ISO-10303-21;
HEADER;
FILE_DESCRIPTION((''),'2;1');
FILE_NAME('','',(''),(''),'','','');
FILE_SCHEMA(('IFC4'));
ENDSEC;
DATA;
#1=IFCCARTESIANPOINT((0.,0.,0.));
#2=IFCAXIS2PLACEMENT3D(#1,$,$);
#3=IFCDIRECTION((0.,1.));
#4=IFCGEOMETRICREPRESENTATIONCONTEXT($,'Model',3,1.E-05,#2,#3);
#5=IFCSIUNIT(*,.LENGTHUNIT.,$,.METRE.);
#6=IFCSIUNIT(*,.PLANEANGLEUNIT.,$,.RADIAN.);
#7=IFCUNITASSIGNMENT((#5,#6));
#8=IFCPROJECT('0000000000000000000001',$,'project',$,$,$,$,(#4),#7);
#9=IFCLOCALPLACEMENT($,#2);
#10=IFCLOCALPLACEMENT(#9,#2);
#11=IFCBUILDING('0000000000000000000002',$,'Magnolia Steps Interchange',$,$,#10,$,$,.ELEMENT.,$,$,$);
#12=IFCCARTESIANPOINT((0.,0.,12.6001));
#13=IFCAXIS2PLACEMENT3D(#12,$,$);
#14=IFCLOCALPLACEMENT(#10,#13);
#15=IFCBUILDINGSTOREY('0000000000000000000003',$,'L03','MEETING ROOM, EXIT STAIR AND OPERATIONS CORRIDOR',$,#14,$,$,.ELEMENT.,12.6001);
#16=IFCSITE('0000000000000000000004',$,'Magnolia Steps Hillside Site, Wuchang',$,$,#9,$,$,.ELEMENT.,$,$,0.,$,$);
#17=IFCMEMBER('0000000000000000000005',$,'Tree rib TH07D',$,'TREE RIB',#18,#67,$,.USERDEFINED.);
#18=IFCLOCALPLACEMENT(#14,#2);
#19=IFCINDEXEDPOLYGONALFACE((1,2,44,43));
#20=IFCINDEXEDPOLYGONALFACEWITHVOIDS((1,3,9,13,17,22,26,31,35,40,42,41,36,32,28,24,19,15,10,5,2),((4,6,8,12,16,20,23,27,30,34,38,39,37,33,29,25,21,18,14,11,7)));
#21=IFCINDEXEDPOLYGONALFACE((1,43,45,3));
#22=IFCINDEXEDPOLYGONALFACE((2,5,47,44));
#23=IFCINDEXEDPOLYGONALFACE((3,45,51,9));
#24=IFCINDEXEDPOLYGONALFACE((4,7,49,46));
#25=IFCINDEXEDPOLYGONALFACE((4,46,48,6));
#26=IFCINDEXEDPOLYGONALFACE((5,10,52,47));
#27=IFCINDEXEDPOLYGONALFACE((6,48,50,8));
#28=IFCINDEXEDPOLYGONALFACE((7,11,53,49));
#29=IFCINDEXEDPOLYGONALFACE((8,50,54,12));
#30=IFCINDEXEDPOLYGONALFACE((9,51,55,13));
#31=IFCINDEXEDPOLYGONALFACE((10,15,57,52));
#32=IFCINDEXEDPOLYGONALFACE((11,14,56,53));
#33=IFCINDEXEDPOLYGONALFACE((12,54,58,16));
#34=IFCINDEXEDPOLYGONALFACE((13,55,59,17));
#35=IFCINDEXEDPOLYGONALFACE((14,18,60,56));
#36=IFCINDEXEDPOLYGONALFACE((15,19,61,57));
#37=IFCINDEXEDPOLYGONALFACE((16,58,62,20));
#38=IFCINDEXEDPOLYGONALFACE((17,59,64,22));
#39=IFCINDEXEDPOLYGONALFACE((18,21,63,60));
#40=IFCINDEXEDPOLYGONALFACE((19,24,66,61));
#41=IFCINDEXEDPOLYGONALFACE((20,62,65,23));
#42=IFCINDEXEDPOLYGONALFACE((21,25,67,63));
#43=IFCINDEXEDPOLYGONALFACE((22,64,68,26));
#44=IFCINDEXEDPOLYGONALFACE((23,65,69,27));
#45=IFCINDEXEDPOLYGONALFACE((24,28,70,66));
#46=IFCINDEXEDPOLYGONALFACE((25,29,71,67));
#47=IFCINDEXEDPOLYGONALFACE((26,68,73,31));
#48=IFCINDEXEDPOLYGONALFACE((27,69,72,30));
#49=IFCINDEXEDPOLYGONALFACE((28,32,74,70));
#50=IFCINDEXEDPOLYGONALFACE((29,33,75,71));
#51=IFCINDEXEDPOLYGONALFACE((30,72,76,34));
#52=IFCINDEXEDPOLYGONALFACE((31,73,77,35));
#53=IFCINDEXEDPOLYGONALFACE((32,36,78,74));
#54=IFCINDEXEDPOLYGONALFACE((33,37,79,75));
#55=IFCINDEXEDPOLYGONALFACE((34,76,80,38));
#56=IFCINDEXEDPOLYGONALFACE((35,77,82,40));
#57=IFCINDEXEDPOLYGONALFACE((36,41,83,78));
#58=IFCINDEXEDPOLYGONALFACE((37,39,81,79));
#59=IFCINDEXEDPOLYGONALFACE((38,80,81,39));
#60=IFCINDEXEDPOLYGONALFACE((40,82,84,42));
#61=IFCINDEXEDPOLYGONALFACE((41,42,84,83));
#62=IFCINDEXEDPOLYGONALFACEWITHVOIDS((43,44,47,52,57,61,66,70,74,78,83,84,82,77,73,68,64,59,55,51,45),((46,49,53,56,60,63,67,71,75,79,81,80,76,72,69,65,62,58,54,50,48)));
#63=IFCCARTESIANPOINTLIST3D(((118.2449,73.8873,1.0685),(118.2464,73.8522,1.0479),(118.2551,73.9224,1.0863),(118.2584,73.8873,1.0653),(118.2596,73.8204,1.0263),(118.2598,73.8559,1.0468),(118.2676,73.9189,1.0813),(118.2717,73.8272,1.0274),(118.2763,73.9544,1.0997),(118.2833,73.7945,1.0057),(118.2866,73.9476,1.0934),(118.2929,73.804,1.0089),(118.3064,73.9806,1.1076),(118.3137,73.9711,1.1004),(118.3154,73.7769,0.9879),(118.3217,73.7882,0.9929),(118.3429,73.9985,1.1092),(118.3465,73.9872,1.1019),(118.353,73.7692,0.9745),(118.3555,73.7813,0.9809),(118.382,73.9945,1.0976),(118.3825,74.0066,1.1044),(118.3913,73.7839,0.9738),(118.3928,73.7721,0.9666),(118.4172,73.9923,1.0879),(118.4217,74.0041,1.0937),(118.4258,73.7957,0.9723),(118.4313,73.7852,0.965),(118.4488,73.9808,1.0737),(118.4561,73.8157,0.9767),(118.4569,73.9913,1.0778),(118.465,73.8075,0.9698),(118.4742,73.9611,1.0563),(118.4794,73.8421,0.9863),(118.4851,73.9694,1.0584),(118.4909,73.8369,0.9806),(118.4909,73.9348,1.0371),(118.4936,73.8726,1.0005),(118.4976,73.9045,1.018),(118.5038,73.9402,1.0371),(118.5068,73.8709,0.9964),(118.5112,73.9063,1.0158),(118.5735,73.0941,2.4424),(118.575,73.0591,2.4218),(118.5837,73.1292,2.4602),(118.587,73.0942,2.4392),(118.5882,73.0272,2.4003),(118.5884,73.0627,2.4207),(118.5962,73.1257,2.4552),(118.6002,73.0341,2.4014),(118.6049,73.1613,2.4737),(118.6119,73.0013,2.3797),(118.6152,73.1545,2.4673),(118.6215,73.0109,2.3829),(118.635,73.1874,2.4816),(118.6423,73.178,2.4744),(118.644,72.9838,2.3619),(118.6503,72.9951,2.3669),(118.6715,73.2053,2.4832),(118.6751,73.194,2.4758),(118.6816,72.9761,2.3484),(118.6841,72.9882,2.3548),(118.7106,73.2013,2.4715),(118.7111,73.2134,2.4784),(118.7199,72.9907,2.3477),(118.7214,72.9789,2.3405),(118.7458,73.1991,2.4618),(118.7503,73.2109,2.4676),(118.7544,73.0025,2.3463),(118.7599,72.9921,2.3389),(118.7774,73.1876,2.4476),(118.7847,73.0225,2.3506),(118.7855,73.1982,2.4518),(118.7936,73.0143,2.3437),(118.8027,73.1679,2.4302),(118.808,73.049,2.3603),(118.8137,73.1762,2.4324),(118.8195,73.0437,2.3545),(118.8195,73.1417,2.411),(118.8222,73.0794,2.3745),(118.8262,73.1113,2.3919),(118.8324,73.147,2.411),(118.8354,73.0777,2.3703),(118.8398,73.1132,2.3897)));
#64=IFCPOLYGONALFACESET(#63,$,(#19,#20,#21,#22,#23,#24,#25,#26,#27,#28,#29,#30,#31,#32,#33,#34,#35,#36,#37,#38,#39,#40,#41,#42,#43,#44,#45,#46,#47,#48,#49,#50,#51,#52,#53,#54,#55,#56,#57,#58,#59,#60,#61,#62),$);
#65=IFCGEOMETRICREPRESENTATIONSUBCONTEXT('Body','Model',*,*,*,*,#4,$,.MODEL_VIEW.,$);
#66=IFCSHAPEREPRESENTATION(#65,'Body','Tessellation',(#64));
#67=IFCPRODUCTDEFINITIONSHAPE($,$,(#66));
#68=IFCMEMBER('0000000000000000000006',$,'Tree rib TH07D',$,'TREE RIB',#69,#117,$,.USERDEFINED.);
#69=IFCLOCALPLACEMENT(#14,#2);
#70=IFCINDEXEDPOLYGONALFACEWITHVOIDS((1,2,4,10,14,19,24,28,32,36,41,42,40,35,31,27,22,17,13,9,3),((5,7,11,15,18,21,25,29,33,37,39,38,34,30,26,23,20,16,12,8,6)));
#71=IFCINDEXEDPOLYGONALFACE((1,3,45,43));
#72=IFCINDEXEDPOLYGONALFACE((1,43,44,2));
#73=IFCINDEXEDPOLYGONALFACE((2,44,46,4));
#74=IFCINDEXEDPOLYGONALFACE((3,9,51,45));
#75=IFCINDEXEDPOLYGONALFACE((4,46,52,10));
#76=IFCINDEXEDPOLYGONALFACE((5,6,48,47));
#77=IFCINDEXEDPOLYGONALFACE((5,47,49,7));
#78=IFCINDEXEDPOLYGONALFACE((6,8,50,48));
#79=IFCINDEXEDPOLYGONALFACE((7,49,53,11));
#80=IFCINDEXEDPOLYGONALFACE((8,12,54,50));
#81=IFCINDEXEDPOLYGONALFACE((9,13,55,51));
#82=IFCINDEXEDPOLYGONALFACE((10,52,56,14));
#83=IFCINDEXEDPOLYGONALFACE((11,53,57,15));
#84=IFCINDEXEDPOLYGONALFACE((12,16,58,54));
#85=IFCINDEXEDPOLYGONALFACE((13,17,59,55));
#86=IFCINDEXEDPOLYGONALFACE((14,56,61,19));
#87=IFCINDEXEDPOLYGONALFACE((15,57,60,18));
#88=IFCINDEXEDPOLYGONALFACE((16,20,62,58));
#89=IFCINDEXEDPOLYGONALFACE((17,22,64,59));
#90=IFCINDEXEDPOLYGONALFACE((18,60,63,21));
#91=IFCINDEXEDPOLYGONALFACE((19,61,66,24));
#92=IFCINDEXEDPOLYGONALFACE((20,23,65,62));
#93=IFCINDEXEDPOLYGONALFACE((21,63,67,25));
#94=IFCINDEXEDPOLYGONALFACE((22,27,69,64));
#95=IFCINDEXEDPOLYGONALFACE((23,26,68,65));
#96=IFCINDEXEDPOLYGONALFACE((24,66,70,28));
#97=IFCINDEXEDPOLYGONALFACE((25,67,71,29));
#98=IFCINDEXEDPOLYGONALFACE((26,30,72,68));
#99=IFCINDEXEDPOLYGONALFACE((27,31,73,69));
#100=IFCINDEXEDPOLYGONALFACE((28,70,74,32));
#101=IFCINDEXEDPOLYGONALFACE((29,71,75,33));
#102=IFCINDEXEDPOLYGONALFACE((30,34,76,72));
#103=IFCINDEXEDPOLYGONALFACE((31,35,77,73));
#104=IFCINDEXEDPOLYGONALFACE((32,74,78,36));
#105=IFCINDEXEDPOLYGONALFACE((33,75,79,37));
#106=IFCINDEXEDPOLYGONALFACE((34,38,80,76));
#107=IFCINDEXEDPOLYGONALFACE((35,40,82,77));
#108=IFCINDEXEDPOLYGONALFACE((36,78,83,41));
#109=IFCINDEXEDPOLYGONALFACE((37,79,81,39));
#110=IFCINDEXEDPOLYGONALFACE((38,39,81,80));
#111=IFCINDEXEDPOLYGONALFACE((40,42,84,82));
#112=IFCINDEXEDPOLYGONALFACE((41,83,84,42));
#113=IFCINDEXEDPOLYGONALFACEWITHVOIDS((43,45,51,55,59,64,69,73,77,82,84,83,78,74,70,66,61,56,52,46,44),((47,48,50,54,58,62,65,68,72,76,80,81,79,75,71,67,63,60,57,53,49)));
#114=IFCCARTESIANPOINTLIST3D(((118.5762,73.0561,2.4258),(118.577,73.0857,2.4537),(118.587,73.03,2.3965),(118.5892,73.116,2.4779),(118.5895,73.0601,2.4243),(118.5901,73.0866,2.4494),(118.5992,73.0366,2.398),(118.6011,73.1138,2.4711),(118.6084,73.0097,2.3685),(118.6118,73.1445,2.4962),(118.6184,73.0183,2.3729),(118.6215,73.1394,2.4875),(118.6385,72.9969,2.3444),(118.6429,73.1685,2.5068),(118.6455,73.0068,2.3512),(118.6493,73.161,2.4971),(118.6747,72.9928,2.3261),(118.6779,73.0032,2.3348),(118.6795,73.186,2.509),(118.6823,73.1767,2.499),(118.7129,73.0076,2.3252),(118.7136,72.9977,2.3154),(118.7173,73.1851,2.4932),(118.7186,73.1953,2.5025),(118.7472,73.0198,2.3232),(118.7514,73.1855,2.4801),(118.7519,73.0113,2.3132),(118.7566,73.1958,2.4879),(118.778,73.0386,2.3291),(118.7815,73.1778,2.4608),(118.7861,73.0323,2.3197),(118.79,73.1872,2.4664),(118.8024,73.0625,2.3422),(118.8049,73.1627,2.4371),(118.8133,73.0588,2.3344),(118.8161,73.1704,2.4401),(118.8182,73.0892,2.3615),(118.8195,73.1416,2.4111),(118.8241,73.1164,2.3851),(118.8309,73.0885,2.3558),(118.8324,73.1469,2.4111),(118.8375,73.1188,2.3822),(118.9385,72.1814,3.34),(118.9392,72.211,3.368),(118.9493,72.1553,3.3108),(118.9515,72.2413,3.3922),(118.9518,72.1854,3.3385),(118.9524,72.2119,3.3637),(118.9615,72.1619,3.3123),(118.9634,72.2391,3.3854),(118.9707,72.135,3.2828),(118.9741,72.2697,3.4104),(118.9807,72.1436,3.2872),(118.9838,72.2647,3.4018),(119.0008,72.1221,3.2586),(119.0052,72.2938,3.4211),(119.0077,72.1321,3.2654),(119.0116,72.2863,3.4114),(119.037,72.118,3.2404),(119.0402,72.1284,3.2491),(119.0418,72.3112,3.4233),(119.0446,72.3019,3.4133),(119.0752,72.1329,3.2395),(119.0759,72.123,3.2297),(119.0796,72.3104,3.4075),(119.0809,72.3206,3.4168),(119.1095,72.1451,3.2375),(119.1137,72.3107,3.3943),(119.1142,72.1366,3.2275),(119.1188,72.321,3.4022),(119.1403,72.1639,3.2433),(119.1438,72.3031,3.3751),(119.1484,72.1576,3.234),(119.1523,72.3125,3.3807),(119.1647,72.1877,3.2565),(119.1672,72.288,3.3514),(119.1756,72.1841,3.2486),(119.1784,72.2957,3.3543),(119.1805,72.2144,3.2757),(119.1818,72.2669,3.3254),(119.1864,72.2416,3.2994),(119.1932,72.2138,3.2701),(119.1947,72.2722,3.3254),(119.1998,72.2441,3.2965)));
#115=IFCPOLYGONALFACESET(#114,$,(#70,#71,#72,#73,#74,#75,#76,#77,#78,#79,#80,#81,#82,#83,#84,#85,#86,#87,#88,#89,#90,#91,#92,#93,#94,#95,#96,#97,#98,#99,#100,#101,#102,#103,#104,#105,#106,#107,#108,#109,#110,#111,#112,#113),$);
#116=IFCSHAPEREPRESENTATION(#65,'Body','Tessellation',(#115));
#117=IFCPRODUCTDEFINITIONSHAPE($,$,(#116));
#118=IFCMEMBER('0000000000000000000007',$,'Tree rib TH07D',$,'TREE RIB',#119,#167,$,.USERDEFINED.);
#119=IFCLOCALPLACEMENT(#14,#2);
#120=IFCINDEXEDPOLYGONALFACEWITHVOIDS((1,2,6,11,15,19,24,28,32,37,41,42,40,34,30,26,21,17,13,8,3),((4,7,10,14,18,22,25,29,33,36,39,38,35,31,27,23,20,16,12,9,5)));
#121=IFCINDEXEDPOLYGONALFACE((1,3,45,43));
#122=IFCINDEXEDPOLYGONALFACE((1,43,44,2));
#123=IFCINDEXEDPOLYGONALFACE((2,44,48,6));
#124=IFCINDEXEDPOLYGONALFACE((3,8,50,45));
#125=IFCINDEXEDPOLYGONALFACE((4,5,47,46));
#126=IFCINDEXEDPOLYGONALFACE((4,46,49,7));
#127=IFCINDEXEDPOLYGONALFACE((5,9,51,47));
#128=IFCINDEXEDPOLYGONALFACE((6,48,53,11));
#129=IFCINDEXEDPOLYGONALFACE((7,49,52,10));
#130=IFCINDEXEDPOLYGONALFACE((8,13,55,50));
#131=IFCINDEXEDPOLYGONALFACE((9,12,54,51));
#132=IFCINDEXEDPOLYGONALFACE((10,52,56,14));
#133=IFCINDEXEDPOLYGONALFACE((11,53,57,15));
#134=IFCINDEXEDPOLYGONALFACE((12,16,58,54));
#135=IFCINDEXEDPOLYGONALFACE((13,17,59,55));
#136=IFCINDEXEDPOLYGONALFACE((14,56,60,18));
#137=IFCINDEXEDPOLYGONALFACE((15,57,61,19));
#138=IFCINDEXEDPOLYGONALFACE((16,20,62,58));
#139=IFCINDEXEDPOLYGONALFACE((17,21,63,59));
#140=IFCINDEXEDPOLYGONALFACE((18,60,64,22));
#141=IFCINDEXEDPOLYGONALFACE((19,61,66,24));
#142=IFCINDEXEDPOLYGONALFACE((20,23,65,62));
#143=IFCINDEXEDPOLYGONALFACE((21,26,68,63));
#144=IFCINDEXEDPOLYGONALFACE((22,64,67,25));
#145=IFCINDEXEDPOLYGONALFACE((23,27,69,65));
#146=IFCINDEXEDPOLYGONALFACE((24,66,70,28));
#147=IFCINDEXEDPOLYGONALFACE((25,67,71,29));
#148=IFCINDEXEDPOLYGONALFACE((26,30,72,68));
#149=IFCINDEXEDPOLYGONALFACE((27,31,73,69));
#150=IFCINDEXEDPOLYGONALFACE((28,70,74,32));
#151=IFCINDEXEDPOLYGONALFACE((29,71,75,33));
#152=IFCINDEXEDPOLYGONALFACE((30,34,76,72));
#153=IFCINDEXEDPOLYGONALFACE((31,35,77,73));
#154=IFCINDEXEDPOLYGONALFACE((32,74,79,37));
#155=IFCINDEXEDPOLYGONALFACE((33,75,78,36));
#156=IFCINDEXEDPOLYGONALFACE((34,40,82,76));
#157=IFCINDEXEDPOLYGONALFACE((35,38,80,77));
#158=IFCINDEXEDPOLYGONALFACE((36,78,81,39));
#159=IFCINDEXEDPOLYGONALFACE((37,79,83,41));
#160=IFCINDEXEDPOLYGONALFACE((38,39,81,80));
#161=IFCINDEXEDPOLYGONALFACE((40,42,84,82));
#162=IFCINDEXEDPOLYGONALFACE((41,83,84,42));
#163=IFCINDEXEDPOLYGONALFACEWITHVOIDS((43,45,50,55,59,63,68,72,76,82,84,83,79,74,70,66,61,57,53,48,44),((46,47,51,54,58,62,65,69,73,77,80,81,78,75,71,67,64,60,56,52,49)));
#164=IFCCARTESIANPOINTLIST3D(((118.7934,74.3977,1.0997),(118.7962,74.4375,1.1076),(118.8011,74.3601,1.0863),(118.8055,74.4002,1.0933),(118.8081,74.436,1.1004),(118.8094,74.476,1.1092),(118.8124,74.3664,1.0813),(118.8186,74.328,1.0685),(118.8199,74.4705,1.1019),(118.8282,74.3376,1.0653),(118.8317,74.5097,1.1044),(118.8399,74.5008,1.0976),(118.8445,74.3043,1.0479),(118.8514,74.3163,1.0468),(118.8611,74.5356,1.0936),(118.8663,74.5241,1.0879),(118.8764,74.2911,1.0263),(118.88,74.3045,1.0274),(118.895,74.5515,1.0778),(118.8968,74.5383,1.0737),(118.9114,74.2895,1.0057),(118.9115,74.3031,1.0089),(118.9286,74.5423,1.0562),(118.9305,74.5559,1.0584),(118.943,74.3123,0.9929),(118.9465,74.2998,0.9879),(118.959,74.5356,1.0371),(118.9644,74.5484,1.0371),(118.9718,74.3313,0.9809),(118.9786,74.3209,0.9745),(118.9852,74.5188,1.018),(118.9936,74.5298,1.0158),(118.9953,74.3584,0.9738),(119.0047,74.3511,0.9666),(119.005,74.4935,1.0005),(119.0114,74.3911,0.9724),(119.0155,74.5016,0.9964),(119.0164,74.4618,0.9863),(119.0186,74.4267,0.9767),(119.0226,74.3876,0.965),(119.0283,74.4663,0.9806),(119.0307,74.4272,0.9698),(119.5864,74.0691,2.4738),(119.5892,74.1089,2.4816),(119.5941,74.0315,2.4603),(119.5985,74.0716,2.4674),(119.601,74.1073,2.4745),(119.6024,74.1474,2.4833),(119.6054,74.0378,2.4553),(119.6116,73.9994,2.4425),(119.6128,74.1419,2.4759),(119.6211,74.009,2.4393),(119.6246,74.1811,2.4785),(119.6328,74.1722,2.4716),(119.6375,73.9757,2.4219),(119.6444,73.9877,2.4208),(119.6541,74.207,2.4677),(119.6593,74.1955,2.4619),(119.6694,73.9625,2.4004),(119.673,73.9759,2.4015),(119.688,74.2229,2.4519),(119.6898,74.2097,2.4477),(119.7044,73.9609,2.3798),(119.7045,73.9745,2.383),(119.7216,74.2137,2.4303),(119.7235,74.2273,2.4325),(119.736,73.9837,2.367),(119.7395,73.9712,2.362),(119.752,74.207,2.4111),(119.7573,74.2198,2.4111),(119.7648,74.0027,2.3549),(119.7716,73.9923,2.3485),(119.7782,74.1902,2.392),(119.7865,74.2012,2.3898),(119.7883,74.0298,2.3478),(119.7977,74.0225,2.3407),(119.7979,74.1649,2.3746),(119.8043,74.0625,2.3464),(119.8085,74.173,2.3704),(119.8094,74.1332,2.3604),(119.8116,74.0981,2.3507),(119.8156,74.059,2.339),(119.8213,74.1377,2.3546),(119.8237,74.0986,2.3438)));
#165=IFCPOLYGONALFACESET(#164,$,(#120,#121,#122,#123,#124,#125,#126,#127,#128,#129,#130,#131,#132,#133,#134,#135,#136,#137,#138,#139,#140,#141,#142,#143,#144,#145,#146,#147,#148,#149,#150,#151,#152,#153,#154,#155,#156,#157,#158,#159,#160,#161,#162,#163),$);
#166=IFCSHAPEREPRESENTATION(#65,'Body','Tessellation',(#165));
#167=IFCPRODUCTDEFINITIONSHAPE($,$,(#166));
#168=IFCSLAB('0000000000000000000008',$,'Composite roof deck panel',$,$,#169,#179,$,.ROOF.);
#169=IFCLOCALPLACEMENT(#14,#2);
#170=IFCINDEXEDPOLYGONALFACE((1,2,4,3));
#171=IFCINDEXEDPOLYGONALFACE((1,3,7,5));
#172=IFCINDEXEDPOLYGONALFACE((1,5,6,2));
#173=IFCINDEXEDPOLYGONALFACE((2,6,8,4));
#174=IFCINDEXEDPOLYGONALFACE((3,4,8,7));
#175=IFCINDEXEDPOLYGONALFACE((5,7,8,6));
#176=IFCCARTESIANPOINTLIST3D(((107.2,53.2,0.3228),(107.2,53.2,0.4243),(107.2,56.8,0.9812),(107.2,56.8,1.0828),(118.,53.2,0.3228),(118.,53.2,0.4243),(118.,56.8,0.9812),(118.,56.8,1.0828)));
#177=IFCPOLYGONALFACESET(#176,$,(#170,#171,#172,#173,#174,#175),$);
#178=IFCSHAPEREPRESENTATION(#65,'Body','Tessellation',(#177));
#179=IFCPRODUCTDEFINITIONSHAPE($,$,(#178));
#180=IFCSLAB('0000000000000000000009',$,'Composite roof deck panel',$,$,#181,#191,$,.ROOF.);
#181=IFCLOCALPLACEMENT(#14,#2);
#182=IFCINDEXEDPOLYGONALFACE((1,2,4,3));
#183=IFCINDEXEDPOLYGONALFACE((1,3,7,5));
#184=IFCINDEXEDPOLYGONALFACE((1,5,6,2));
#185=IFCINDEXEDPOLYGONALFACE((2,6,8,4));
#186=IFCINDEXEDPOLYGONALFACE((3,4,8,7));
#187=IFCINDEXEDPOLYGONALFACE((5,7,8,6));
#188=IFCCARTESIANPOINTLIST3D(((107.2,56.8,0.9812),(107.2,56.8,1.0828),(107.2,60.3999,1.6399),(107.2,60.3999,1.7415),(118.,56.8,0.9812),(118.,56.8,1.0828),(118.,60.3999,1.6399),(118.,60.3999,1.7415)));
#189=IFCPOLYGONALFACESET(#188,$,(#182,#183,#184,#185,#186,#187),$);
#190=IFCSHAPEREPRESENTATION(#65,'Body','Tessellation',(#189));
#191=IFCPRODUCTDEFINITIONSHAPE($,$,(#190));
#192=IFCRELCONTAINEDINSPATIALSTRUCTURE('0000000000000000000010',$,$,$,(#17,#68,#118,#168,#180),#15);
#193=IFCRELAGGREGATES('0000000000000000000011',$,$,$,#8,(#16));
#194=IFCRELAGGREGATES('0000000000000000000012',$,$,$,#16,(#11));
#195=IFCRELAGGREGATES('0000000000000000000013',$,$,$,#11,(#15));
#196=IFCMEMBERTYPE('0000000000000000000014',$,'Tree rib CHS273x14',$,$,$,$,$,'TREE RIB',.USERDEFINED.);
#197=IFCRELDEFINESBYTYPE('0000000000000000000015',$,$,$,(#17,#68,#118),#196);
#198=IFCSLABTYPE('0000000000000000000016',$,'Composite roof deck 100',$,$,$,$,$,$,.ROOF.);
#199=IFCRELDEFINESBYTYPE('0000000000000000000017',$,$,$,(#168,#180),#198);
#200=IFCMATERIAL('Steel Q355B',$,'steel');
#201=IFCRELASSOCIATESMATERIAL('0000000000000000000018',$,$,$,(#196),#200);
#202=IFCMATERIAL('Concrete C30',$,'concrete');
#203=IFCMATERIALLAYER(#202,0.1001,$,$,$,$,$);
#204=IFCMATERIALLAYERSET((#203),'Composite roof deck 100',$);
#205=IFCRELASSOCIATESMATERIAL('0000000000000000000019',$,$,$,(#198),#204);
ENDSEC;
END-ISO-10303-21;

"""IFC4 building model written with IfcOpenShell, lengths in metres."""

from ifc_helpers import new_model, si_unit, direction, frame, origin, origin_2d, place, context, subcontext, project, spatial, polyline, hollow_circle, outline, extrude, material, layer, layer_set, material_profile, profile_set, type_object, element, save


model = new_model("IFC4")

# Units and contexts
model_context = context("Model", 3, precision=1e-05, world=origin(), true_north=direction((0.0, 1.0)))
body_context = subcontext(model_context, "Body", "Model", "MODEL_VIEW")
ifc_project = project(units=[si_unit("LENGTHUNIT", "METRE"), si_unit("PLANEANGLEUNIT", "RADIAN")], contexts=[model_context])

# Site, building, storey
site_placement = place(None, origin())
site = spatial("IfcSite", under=ifc_project, at=site_placement, Name="Magnolia Steps Hillside Site, Wuchang", CompositionType="ELEMENT", RefElevation=0.0)
building_placement = place(site_placement, origin())
building = spatial("IfcBuilding", under=site, at=building_placement, Name="Magnolia Steps Interchange", CompositionType="ELEMENT")
storey_placement = place(building_placement, frame((0.0, 0.0, 12.6001)))
storey = spatial("IfcBuildingStorey", under=building, at=storey_placement, Name="L03", Description="MEETING ROOM, EXIT STAIR AND OPERATIONS CORRIDOR", CompositionType="ELEMENT", Elevation=12.6001)

# Members
ifc_material_1 = material(Name="Steel Q355B", Category="steel")
ifc_material_profile_1 = material_profile(ifc_material_1, hollow_circle(Radius=0.1365, WallThickness=0.0139, at=origin_2d()), Name="CHS273x14")
ifc_profile_set_1 = profile_set([ifc_material_profile_1], Name="Steel Q355B")
member_type_1 = type_object("IfcMemberType", Name="Tree rib CHS273x14", ElementType="TREE RIB", PredefinedType="USERDEFINED", material=ifc_profile_set_1)
member_1_placement = place(storey_placement, frame((118.3777, 73.8879, 1.0371), z_axis=(0.20282, -0.489571, 0.848047), x_axis=(0.923857, 0.382737, 0.0)))
element("IfcMember", 1, at=member_1_placement, inside=storey, type_object=member_type_1, Name="Tree rib TH07D", ObjectType="TREE RIB", PredefinedType="USERDEFINED", context=body_context, shape_type="SweptSolid", body=[
    extrude(hollow_circle(Radius=0.1365, WallThickness=0.0139, at=origin_2d()), origin(), (0.0, 0.0, 1.0), 1.6201),
])
member_2_placement = place(storey_placement, frame((118.7063, 73.0947, 2.4111), z_axis=(0.275263, -0.6646, 0.694649), x_axis=(0.923891, 0.382655, 0.0)))
element("IfcMember", 2, at=member_2_placement, inside=storey, type_object=member_type_1, Name="Tree rib TH07D", ObjectType="TREE RIB", PredefinedType="USERDEFINED", context=body_context, shape_type="SweptSolid", body=[
    extrude(hollow_circle(Radius=0.1365, WallThickness=0.0139, at=origin_2d()), origin(), (0.0, 0.0, 1.0), 1.3162),
])
member_3_placement = place(storey_placement, frame((118.9121, 74.4224, 1.0371), z_axis=(0.489456, -0.202835, 0.84811), x_axis=(0.382837, 0.923816, 0.0)))
element("IfcMember", 3, at=member_3_placement, inside=storey, type_object=member_type_1, Name="Tree rib TH07D", ObjectType="TREE RIB", PredefinedType="USERDEFINED", context=body_context, shape_type="SweptSolid", body=[
    extrude(hollow_circle(Radius=0.1365, WallThickness=0.0139, at=origin_2d()), origin(), (0.0, 0.0, 1.0), 1.6201),
])

# Slabs
ifc_material_2 = material(Name="Concrete C30", Category="concrete")
ifc_layer = layer(ifc_material_2, 0.1001)
ifc_layer_set = layer_set([ifc_layer], Name="Composite roof deck 100")
slab_type = type_object("IfcSlabType", Name="Composite roof deck 100", PredefinedType="ROOF", material=ifc_layer_set)
slab_1_placement = place(storey_placement, frame((118.0, 53.2, 0.4243), z_axis=(0.0, -0.179913, 0.983683), x_axis=(0.0, 0.983683, 0.179913)))
element("IfcSlab", 4, at=slab_1_placement, inside=storey, type_object=slab_type, Name="Composite roof deck panel", PredefinedType="ROOF", context=body_context, shape_type="SweptSolid", body=[
    extrude(outline(polyline([(0.0, 0.0), (3.6598, 0.0), (3.6598, 10.8), (0.0, 10.8), (0.0, 0.0)])), origin(), (-0.179913, 0.0, -0.983683), 0.1016),
])
slab_2_placement = place(storey_placement, frame((118.0, 56.8, 1.0828), z_axis=(0.0, -0.179989, 0.983669), x_axis=(0.0, 0.983669, 0.179989)))
element("IfcSlab", 5, at=slab_2_placement, inside=storey, type_object=slab_type, Name="Composite roof deck panel", PredefinedType="ROOF", context=body_context, shape_type="SweptSolid", body=[
    extrude(outline(polyline([(0.0, 0.0), (3.6596, 0.0), (3.6596, 10.8), (0.0, 10.8), (0.0, 0.0)])), origin(), (-0.179989, 0.0, -0.983669), 0.1016),
])

save(model, "model.ifc")
